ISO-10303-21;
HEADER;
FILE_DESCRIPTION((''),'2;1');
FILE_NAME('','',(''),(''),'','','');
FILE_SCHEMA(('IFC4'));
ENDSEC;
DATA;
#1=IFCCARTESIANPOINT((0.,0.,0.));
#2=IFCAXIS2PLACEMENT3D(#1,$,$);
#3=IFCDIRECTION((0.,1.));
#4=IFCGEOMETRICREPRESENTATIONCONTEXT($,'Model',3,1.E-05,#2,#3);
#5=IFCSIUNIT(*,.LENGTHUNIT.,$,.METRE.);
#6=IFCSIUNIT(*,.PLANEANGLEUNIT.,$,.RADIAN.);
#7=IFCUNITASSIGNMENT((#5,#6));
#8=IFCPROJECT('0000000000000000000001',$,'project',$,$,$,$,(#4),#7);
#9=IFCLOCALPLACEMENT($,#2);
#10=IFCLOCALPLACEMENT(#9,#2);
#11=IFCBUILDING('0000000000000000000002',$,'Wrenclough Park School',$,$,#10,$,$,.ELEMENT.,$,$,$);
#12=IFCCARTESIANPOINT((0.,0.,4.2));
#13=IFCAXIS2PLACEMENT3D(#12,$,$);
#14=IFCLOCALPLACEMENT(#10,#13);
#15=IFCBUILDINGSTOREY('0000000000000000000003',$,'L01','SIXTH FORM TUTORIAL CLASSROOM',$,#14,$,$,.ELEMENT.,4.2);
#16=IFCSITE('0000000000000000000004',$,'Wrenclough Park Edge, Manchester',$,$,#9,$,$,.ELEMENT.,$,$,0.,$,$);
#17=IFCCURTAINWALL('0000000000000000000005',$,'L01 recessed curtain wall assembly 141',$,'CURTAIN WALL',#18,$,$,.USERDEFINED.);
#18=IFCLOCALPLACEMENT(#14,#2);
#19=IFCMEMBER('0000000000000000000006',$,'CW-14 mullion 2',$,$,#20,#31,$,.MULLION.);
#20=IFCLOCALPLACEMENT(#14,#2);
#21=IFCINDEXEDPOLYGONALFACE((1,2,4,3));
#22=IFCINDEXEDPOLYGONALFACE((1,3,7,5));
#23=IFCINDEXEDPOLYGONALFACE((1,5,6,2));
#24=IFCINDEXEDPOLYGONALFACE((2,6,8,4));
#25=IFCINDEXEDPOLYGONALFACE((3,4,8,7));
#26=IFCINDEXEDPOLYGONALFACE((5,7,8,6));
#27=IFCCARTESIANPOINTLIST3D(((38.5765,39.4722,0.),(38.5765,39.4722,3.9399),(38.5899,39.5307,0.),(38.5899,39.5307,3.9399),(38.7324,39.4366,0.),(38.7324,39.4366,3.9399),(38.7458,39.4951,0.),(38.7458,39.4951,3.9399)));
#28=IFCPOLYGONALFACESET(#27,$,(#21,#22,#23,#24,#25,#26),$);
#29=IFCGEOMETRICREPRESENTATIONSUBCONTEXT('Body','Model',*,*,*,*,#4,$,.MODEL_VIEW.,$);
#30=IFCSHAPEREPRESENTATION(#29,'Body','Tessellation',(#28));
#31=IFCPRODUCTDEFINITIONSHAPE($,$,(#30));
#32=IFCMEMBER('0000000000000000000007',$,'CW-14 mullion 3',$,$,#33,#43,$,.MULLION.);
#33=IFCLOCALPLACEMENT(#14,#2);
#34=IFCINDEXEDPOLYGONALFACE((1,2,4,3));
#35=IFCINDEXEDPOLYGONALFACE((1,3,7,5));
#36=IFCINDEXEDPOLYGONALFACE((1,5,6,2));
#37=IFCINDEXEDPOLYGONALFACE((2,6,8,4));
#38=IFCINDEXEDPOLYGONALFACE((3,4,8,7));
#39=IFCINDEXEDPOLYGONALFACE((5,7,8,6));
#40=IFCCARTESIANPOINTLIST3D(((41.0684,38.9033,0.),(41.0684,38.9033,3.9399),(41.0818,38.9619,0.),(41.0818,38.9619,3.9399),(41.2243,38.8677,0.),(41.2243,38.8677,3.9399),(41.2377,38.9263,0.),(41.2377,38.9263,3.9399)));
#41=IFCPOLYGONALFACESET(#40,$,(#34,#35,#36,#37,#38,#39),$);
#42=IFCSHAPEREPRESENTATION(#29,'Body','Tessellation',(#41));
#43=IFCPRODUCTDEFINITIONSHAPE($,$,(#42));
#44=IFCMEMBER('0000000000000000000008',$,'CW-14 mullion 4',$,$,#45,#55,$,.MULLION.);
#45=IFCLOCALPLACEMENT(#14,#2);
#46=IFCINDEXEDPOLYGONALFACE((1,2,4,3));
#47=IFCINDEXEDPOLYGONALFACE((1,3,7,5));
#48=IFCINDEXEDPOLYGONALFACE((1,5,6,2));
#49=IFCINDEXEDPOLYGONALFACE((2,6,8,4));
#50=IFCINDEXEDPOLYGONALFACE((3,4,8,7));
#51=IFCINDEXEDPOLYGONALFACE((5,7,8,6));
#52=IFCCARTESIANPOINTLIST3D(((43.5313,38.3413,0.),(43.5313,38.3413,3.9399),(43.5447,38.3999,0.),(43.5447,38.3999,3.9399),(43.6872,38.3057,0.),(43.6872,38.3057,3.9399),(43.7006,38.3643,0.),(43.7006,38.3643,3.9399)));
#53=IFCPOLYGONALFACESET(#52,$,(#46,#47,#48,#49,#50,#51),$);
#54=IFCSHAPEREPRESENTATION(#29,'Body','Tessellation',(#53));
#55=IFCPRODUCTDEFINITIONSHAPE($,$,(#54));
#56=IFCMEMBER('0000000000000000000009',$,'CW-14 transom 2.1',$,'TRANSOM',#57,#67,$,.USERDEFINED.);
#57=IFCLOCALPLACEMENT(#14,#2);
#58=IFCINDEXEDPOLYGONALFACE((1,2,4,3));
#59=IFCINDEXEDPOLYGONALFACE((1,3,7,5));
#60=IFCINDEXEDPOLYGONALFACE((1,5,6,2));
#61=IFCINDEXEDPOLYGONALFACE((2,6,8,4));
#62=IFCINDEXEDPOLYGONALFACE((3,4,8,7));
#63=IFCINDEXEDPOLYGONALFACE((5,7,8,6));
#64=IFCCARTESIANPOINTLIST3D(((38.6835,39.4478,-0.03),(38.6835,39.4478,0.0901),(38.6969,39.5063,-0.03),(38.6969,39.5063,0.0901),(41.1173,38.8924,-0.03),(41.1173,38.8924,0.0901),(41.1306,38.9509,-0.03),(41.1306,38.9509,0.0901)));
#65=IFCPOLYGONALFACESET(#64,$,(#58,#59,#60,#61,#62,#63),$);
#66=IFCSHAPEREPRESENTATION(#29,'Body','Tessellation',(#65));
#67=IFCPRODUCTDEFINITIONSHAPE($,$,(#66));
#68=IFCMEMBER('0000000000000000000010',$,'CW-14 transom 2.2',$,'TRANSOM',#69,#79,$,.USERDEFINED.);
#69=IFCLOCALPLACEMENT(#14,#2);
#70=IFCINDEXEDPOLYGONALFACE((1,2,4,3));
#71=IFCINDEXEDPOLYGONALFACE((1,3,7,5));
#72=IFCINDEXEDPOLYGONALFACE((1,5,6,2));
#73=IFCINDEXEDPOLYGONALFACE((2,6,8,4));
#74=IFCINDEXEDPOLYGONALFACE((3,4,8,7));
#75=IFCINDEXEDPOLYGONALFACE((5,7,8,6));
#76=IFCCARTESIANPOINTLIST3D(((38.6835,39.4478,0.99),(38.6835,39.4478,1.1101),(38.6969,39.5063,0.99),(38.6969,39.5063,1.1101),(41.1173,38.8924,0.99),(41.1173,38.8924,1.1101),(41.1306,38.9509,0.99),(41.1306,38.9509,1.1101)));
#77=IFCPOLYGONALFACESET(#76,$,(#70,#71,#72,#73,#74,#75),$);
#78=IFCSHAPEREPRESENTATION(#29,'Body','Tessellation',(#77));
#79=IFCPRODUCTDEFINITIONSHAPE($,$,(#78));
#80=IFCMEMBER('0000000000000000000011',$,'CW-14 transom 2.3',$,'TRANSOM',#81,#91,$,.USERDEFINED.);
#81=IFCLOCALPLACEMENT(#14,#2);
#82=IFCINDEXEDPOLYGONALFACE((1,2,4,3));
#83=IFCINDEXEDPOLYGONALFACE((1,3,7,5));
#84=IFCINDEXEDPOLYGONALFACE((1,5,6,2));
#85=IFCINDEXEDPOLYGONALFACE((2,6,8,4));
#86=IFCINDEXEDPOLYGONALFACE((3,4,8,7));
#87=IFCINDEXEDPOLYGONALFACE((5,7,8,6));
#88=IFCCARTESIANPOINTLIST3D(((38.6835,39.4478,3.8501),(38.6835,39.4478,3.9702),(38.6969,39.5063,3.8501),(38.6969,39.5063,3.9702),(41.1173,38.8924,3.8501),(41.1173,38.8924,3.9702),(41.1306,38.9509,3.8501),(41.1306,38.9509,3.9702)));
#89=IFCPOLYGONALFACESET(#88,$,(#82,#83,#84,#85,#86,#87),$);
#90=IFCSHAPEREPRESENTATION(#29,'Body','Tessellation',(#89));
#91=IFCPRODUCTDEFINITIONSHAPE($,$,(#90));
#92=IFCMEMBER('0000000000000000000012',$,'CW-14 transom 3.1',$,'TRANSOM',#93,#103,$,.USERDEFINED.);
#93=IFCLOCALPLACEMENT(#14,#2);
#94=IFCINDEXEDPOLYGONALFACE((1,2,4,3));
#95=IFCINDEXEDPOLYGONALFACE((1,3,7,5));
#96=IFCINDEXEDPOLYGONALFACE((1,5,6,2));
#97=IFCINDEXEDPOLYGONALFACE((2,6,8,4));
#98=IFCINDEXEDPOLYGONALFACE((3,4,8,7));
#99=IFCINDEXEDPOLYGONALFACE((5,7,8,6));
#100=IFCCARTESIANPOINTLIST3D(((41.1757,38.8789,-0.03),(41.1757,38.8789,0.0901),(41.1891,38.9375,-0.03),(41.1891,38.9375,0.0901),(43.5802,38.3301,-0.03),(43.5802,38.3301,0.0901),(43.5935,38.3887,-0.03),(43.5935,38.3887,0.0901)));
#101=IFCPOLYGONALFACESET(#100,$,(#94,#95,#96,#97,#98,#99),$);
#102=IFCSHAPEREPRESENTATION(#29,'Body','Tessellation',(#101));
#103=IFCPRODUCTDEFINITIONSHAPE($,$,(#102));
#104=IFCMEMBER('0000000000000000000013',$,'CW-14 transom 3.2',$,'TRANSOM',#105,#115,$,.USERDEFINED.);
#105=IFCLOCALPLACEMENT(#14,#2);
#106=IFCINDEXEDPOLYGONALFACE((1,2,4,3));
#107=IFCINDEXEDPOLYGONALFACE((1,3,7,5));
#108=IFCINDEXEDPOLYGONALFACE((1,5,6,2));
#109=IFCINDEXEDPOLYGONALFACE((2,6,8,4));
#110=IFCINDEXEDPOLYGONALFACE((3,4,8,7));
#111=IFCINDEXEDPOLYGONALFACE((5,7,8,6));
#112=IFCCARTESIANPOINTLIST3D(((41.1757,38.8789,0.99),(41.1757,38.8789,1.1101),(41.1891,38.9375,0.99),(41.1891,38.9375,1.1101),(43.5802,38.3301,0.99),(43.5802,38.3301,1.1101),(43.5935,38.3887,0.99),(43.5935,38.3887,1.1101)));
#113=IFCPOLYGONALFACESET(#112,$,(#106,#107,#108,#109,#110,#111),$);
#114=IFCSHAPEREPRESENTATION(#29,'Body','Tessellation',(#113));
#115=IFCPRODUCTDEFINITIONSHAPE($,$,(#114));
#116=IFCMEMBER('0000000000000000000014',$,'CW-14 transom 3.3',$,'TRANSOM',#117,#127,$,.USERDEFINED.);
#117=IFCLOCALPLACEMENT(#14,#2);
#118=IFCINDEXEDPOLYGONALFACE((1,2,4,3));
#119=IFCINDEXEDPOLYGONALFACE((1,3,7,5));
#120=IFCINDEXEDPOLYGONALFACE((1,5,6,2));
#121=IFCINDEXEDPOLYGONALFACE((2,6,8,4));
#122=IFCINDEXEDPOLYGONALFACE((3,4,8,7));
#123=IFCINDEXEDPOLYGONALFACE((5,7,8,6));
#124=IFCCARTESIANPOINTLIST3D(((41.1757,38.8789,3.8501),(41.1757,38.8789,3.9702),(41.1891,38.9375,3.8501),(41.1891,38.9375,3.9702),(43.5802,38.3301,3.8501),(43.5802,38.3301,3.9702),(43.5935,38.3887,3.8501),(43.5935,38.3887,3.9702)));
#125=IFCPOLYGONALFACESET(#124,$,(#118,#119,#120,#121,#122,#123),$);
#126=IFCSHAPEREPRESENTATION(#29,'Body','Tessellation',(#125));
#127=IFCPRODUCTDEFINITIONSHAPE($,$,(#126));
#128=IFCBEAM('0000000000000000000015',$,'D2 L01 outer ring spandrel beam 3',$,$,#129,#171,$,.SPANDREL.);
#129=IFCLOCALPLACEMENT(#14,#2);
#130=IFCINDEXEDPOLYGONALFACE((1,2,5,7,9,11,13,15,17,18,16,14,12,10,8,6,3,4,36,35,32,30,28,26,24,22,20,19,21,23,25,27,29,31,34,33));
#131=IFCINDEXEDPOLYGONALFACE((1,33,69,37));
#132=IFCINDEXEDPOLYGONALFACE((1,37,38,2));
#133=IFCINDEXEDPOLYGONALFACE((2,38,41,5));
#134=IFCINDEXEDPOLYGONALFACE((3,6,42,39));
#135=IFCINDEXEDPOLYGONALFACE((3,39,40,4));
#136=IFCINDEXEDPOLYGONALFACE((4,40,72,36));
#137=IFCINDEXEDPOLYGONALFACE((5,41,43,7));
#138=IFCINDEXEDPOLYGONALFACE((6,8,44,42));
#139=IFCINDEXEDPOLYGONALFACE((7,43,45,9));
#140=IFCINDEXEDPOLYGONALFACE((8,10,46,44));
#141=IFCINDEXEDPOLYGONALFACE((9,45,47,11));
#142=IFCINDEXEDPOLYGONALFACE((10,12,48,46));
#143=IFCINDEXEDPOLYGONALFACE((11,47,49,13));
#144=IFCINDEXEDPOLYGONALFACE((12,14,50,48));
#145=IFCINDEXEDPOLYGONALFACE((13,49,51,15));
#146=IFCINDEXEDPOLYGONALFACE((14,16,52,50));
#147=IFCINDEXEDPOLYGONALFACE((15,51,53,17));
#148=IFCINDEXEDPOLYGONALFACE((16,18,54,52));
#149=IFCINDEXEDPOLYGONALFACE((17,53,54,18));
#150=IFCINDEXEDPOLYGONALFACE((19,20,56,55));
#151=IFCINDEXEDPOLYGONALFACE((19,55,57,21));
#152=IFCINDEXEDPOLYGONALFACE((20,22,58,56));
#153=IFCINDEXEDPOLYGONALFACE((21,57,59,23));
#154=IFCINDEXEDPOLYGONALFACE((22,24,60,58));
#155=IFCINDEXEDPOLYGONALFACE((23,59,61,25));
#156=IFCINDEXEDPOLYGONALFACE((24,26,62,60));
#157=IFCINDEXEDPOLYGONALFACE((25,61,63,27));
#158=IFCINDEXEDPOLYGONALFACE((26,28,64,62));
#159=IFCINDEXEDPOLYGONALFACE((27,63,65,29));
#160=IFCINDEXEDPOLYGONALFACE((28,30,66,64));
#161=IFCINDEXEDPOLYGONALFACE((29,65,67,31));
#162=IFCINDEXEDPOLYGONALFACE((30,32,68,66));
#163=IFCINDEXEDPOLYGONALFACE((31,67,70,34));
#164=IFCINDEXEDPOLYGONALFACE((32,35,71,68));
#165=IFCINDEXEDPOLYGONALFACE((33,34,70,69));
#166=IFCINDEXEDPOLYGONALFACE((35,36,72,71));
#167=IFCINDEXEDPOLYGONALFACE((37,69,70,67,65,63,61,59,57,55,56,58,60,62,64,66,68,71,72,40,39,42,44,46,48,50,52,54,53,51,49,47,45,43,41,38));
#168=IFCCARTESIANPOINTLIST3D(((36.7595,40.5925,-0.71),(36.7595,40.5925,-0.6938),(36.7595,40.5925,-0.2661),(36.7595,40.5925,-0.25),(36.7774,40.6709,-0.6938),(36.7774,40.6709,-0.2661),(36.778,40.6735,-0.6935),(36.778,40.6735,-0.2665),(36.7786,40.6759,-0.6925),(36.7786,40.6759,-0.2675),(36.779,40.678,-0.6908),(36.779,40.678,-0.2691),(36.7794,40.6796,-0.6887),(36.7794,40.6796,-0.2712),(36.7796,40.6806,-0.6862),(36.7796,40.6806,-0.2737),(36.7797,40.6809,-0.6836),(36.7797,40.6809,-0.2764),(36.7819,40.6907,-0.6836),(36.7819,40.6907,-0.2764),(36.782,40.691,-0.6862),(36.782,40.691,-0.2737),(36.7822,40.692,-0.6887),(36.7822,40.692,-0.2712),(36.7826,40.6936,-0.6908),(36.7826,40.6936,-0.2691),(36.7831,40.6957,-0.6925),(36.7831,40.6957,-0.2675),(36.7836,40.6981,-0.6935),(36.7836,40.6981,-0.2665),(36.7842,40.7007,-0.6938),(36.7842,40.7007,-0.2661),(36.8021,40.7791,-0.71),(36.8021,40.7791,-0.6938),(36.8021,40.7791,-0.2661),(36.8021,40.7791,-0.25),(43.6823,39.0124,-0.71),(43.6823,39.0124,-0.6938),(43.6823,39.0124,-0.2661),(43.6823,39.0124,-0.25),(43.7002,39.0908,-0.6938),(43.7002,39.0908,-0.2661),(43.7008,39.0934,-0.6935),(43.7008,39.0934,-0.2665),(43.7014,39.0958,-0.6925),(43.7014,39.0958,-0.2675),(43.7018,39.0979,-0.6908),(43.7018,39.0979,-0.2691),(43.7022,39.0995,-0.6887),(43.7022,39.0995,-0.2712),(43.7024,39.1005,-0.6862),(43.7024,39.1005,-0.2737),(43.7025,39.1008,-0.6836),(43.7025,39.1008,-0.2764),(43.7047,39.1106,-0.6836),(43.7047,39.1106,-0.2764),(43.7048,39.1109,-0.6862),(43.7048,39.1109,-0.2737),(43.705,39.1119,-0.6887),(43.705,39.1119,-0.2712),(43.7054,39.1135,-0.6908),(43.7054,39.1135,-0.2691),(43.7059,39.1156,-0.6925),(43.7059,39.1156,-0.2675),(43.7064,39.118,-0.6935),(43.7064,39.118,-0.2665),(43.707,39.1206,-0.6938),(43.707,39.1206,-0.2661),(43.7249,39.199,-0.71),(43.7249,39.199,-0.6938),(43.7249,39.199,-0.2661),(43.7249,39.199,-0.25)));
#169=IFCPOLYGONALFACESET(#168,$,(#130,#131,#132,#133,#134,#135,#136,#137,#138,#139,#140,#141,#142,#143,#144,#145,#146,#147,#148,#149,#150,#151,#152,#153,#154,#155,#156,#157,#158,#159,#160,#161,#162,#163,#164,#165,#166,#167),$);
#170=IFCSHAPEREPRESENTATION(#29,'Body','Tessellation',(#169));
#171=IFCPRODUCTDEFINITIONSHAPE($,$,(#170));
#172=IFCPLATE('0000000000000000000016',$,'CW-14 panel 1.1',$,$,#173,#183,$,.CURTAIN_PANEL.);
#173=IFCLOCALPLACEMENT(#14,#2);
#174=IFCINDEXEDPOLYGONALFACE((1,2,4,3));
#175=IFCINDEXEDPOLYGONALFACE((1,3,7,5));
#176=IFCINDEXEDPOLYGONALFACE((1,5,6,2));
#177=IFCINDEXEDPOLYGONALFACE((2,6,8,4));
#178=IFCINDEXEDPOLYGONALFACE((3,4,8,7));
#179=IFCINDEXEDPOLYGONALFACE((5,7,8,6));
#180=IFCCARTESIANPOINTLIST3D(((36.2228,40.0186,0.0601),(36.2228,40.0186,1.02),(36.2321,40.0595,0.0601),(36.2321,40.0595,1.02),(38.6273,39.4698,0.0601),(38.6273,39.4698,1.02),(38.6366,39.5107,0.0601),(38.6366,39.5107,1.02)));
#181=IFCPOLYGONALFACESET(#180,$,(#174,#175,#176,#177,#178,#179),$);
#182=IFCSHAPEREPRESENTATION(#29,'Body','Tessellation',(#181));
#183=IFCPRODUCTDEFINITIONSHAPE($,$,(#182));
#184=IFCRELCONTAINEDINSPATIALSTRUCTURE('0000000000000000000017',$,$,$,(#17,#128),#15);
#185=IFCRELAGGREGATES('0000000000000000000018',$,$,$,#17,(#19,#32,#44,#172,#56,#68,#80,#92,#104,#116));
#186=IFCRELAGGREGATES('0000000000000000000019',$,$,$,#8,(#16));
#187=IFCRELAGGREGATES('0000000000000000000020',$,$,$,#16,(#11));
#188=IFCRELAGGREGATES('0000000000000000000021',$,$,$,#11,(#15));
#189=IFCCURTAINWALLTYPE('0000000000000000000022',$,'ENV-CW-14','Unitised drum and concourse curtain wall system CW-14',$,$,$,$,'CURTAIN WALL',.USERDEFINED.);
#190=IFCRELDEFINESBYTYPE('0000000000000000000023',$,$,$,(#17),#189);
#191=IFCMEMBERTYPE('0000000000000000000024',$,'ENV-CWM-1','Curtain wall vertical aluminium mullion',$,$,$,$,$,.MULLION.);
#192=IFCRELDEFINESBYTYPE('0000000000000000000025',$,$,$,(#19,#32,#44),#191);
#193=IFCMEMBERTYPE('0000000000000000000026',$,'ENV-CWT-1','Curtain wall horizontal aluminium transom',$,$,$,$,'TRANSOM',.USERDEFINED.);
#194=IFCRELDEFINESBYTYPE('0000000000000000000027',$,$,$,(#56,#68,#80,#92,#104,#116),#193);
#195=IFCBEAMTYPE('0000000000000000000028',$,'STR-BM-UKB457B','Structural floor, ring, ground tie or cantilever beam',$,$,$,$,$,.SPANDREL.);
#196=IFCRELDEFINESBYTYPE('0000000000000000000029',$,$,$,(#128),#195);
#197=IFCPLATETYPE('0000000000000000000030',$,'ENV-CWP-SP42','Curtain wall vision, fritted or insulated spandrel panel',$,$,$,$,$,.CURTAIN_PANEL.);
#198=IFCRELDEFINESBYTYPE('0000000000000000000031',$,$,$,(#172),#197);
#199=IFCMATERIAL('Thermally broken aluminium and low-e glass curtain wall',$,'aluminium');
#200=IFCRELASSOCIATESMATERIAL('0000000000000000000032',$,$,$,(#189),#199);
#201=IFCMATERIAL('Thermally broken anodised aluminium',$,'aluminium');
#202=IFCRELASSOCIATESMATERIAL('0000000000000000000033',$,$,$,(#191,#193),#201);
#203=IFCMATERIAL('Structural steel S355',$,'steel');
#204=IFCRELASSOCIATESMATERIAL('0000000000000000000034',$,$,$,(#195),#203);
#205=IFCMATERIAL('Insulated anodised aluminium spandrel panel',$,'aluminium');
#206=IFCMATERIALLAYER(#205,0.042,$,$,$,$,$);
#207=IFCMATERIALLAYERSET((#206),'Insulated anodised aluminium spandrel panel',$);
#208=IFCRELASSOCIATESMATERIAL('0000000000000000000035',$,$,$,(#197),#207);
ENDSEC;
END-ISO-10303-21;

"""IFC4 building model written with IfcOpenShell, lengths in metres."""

from ifc_helpers import new_model, si_unit, direction, frame, origin, origin_2d, place, context, subcontext, project, spatial, rectangle, i_section, extrude, material, layer, layer_set, material_profile, profile_set, type_object, element, aggregate, save


model = new_model("IFC4")

# Units and contexts
model_context = context("Model", 3, precision=1e-05, world=origin(), true_north=direction((0.0, 1.0)))
body_context = subcontext(model_context, "Body", "Model", "MODEL_VIEW")
ifc_project = project(units=[si_unit("LENGTHUNIT", "METRE"), si_unit("PLANEANGLEUNIT", "RADIAN")], contexts=[model_context])

# Site, building, storey
site_placement = place(None, origin())
site = spatial("IfcSite", under=ifc_project, at=site_placement, Name="Wrenclough Park Edge, Manchester", CompositionType="ELEMENT", RefElevation=0.0)
building_placement = place(site_placement, origin())
building = spatial("IfcBuilding", under=site, at=building_placement, Name="Wrenclough Park School", CompositionType="ELEMENT")
storey_placement = place(building_placement, frame((0.0, 0.0, 4.2)))
storey = spatial("IfcBuildingStorey", under=building, at=storey_placement, Name="L01", Description="SIXTH FORM TUTORIAL CLASSROOM", CompositionType="ELEMENT", Elevation=4.2)

# Curtain wall, members
ifc_material_1 = material(Name="Thermally broken aluminium and low-e glass curtain wall", Category="aluminium")
curtain_wall_type_1 = type_object("IfcCurtainWallType", Name="ENV-CW-14", Description="Unitised drum and concourse curtain wall system CW-14", ElementType="CURTAIN WALL", PredefinedType="USERDEFINED", material=ifc_material_1)
curtain_wall_1_placement = place(storey_placement, origin())
curtain_wall_1 = element("IfcCurtainWall", 1, at=curtain_wall_1_placement, inside=storey, type_object=curtain_wall_type_1, Name="L01 recessed curtain wall assembly 141", ObjectType="CURTAIN WALL", PredefinedType="USERDEFINED")
ifc_material_2 = material(Name="Thermally broken anodised aluminium", Category="aluminium")
ifc_material_profile_1 = material_profile(ifc_material_2, rectangle(XDim=0.0601, YDim=0.1599, at=origin_2d()), Name="AL MULLION 60x160")
ifc_profile_set_1 = profile_set([ifc_material_profile_1], Name="Thermally broken anodised aluminium")
member_type_1 = type_object("IfcMemberType", Name="ENV-CWM-1", Description="Curtain wall vertical aluminium mullion", PredefinedType="MULLION", material=ifc_profile_set_1)
member_1_placement = place(storey_placement, frame((38.6611, 39.4836, 0.0), z_axis=(0.0, 0.0, 1.0), x_axis=(0.222516, 0.974929, 0.0)))
member_1 = element("IfcMember", 2, at=member_1_placement, type_object=member_type_1, Name="CW-14 mullion 2", PredefinedType="MULLION", context=body_context, shape_type="SweptSolid", body=[
    extrude(rectangle(XDim=0.0601, YDim=0.1599, at=origin_2d()), origin(), (0.0, 0.0, 1.0), 3.9399),
])
member_2_placement = place(storey_placement, frame((41.1531, 38.9148, 0.0), z_axis=(0.0, 0.0, 1.0), x_axis=(0.222516, 0.974929, 0.0)))
member_2 = element("IfcMember", 3, at=member_2_placement, type_object=member_type_1, Name="CW-14 mullion 3", PredefinedType="MULLION", context=body_context, shape_type="SweptSolid", body=[
    extrude(rectangle(XDim=0.0601, YDim=0.1599, at=origin_2d()), origin(), (0.0, 0.0, 1.0), 3.9399),
])
member_3_placement = place(storey_placement, frame((43.616, 38.3528, 0.0), z_axis=(0.0, 0.0, 1.0), x_axis=(0.222516, 0.974929, 0.0)))
member_3 = element("IfcMember", 4, at=member_3_placement, type_object=member_type_1, Name="CW-14 mullion 4", PredefinedType="MULLION", context=body_context, shape_type="SweptSolid", body=[
    extrude(rectangle(XDim=0.0601, YDim=0.1599, at=origin_2d()), origin(), (0.0, 0.0, 1.0), 3.9399),
])
ifc_material_profile_2 = material_profile(ifc_material_2, rectangle(XDim=0.0601, YDim=0.1201, at=origin_2d()), Name="AL TRANSOM 60x120")
ifc_profile_set_2 = profile_set([ifc_material_profile_2], Name="Thermally broken anodised aluminium")
member_type_2 = type_object("IfcMemberType", Name="ENV-CWT-1", Description="Curtain wall horizontal aluminium transom", ElementType="TRANSOM", PredefinedType="USERDEFINED", material=ifc_profile_set_2)
member_4_placement = place(storey_placement, frame((38.6902, 39.4771, 0.03), z_axis=(0.974936, -0.222488, 0.0), x_axis=(0.222488, 0.974936, 0.0)))
member_4 = element("IfcMember", 5, at=member_4_placement, type_object=member_type_2, Name="CW-14 transom 2.1", ObjectType="TRANSOM", PredefinedType="USERDEFINED", context=body_context, shape_type="SweptSolid", body=[
    extrude(rectangle(XDim=0.0601, YDim=0.1201, at=origin_2d()), origin(), (0.0, 0.0, 1.0), 2.4963),
])
member_5_placement = place(storey_placement, frame((38.6902, 39.4771, 1.05), z_axis=(0.974936, -0.222488, 0.0), x_axis=(0.222488, 0.974936, 0.0)))
member_5 = element("IfcMember", 6, at=member_5_placement, type_object=member_type_2, Name="CW-14 transom 2.2", ObjectType="TRANSOM", PredefinedType="USERDEFINED", context=body_context, shape_type="SweptSolid", body=[
    extrude(rectangle(XDim=0.0601, YDim=0.1201, at=origin_2d()), origin(), (0.0, 0.0, 1.0), 2.4963),
])
member_6_placement = place(storey_placement, frame((38.6902, 39.4771, 3.9102), z_axis=(0.974936, -0.222488, 0.0), x_axis=(0.222488, 0.974936, 0.0)))
member_6 = element("IfcMember", 7, at=member_6_placement, type_object=member_type_2, Name="CW-14 transom 2.3", ObjectType="TRANSOM", PredefinedType="USERDEFINED", context=body_context, shape_type="SweptSolid", body=[
    extrude(rectangle(XDim=0.0601, YDim=0.1201, at=origin_2d()), origin(), (0.0, 0.0, 1.0), 2.4963),
])
member_7_placement = place(storey_placement, frame((41.1824, 38.9082, 0.03), z_axis=(0.974927, -0.222524, 0.0), x_axis=(0.222524, 0.974927, 0.0)))
member_7 = element("IfcMember", 8, at=member_7_placement, type_object=member_type_2, Name="CW-14 transom 3.1", ObjectType="TRANSOM", PredefinedType="USERDEFINED", context=body_context, shape_type="SweptSolid", body=[
    extrude(rectangle(XDim=0.0601, YDim=0.1201, at=origin_2d()), origin(), (0.0, 0.0, 1.0), 2.4663),
])
member_8_placement = place(storey_placement, frame((41.1824, 38.9082, 1.05), z_axis=(0.974927, -0.222524, 0.0), x_axis=(0.222524, 0.974927, 0.0)))
member_8 = element("IfcMember", 9, at=member_8_placement, type_object=member_type_2, Name="CW-14 transom 3.2", ObjectType="TRANSOM", PredefinedType="USERDEFINED", context=body_context, shape_type="SweptSolid", body=[
    extrude(rectangle(XDim=0.0601, YDim=0.1201, at=origin_2d()), origin(), (0.0, 0.0, 1.0), 2.4663),
])
member_9_placement = place(storey_placement, frame((41.1824, 38.9082, 3.9102), z_axis=(0.974927, -0.222524, 0.0), x_axis=(0.222524, 0.974927, 0.0)))
member_9 = element("IfcMember", 10, at=member_9_placement, type_object=member_type_2, Name="CW-14 transom 3.3", ObjectType="TRANSOM", PredefinedType="USERDEFINED", context=body_context, shape_type="SweptSolid", body=[
    extrude(rectangle(XDim=0.0601, YDim=0.1201, at=origin_2d()), origin(), (0.0, 0.0, 1.0), 2.4663),
])

# Beam
ifc_material_3 = material(Name="Structural steel S355", Category="steel")
ifc_material_profile_3 = material_profile(ifc_material_3, i_section(OverallWidth=0.1914, OverallDepth=0.46, WebThickness=0.01, FlangeThickness=0.0161, FilletRadius=0.0103, at=origin_2d()), Name="UKB 457x191x82")
ifc_profile_set_3 = profile_set([ifc_material_profile_3], Name="Structural steel S355")
beam_type = type_object("IfcBeamType", Name="STR-BM-UKB457B", Description="Structural floor, ring, ground tie or cantilever beam", PredefinedType="SPANDREL", material=ifc_profile_set_3)
beam_placement = place(storey_placement, frame((43.7036, 39.1057, -0.48), z_axis=(-0.974928, 0.222519, 0.0), x_axis=(-0.222519, -0.974928, 0.0)))
element("IfcBeam", 11, at=beam_placement, inside=storey, type_object=beam_type, Name="D2 L01 outer ring spandrel beam 3", PredefinedType="SPANDREL", context=body_context, shape_type="SweptSolid", body=[
    extrude(i_section(OverallWidth=0.1914, OverallDepth=0.46, WebThickness=0.01, FlangeThickness=0.0161, FilletRadius=0.0103, at=origin_2d()), origin(), (0.0, 0.0, 1.0), 7.1008),
])

# Plate
ifc_material_4 = material(Name="Insulated anodised aluminium spandrel panel", Category="aluminium")
ifc_layer_1 = layer(ifc_material_4, 0.042)
ifc_layer_set_1 = layer_set([ifc_layer_1], Name="Insulated anodised aluminium spandrel panel")
plate_type_1 = type_object("IfcPlateType", Name="ENV-CWP-SP42", Description="Curtain wall vision, fritted or insulated spandrel panel", PredefinedType="CURTAIN_PANEL", material=ifc_layer_set_1)
plate_1_placement = place(storey_placement, frame((37.4297, 39.7646, 0.0601), z_axis=(0.0, 0.0, 1.0), x_axis=(0.974929, -0.222516, 0.0)))
plate_1 = element("IfcPlate", 12, at=plate_1_placement, type_object=plate_type_1, Name="CW-14 panel 1.1", PredefinedType="CURTAIN_PANEL", context=body_context, shape_type="SweptSolid", body=[
    extrude(rectangle(XDim=2.4663, YDim=0.042, at=origin_2d()), origin(), (0.0, 0.0, 1.0), 0.96),
])
aggregate(curtain_wall_1, [member_1, member_2, member_3, plate_1, member_4, member_5, member_6, member_7, member_8, member_9])

save(model, "model.ifc")
